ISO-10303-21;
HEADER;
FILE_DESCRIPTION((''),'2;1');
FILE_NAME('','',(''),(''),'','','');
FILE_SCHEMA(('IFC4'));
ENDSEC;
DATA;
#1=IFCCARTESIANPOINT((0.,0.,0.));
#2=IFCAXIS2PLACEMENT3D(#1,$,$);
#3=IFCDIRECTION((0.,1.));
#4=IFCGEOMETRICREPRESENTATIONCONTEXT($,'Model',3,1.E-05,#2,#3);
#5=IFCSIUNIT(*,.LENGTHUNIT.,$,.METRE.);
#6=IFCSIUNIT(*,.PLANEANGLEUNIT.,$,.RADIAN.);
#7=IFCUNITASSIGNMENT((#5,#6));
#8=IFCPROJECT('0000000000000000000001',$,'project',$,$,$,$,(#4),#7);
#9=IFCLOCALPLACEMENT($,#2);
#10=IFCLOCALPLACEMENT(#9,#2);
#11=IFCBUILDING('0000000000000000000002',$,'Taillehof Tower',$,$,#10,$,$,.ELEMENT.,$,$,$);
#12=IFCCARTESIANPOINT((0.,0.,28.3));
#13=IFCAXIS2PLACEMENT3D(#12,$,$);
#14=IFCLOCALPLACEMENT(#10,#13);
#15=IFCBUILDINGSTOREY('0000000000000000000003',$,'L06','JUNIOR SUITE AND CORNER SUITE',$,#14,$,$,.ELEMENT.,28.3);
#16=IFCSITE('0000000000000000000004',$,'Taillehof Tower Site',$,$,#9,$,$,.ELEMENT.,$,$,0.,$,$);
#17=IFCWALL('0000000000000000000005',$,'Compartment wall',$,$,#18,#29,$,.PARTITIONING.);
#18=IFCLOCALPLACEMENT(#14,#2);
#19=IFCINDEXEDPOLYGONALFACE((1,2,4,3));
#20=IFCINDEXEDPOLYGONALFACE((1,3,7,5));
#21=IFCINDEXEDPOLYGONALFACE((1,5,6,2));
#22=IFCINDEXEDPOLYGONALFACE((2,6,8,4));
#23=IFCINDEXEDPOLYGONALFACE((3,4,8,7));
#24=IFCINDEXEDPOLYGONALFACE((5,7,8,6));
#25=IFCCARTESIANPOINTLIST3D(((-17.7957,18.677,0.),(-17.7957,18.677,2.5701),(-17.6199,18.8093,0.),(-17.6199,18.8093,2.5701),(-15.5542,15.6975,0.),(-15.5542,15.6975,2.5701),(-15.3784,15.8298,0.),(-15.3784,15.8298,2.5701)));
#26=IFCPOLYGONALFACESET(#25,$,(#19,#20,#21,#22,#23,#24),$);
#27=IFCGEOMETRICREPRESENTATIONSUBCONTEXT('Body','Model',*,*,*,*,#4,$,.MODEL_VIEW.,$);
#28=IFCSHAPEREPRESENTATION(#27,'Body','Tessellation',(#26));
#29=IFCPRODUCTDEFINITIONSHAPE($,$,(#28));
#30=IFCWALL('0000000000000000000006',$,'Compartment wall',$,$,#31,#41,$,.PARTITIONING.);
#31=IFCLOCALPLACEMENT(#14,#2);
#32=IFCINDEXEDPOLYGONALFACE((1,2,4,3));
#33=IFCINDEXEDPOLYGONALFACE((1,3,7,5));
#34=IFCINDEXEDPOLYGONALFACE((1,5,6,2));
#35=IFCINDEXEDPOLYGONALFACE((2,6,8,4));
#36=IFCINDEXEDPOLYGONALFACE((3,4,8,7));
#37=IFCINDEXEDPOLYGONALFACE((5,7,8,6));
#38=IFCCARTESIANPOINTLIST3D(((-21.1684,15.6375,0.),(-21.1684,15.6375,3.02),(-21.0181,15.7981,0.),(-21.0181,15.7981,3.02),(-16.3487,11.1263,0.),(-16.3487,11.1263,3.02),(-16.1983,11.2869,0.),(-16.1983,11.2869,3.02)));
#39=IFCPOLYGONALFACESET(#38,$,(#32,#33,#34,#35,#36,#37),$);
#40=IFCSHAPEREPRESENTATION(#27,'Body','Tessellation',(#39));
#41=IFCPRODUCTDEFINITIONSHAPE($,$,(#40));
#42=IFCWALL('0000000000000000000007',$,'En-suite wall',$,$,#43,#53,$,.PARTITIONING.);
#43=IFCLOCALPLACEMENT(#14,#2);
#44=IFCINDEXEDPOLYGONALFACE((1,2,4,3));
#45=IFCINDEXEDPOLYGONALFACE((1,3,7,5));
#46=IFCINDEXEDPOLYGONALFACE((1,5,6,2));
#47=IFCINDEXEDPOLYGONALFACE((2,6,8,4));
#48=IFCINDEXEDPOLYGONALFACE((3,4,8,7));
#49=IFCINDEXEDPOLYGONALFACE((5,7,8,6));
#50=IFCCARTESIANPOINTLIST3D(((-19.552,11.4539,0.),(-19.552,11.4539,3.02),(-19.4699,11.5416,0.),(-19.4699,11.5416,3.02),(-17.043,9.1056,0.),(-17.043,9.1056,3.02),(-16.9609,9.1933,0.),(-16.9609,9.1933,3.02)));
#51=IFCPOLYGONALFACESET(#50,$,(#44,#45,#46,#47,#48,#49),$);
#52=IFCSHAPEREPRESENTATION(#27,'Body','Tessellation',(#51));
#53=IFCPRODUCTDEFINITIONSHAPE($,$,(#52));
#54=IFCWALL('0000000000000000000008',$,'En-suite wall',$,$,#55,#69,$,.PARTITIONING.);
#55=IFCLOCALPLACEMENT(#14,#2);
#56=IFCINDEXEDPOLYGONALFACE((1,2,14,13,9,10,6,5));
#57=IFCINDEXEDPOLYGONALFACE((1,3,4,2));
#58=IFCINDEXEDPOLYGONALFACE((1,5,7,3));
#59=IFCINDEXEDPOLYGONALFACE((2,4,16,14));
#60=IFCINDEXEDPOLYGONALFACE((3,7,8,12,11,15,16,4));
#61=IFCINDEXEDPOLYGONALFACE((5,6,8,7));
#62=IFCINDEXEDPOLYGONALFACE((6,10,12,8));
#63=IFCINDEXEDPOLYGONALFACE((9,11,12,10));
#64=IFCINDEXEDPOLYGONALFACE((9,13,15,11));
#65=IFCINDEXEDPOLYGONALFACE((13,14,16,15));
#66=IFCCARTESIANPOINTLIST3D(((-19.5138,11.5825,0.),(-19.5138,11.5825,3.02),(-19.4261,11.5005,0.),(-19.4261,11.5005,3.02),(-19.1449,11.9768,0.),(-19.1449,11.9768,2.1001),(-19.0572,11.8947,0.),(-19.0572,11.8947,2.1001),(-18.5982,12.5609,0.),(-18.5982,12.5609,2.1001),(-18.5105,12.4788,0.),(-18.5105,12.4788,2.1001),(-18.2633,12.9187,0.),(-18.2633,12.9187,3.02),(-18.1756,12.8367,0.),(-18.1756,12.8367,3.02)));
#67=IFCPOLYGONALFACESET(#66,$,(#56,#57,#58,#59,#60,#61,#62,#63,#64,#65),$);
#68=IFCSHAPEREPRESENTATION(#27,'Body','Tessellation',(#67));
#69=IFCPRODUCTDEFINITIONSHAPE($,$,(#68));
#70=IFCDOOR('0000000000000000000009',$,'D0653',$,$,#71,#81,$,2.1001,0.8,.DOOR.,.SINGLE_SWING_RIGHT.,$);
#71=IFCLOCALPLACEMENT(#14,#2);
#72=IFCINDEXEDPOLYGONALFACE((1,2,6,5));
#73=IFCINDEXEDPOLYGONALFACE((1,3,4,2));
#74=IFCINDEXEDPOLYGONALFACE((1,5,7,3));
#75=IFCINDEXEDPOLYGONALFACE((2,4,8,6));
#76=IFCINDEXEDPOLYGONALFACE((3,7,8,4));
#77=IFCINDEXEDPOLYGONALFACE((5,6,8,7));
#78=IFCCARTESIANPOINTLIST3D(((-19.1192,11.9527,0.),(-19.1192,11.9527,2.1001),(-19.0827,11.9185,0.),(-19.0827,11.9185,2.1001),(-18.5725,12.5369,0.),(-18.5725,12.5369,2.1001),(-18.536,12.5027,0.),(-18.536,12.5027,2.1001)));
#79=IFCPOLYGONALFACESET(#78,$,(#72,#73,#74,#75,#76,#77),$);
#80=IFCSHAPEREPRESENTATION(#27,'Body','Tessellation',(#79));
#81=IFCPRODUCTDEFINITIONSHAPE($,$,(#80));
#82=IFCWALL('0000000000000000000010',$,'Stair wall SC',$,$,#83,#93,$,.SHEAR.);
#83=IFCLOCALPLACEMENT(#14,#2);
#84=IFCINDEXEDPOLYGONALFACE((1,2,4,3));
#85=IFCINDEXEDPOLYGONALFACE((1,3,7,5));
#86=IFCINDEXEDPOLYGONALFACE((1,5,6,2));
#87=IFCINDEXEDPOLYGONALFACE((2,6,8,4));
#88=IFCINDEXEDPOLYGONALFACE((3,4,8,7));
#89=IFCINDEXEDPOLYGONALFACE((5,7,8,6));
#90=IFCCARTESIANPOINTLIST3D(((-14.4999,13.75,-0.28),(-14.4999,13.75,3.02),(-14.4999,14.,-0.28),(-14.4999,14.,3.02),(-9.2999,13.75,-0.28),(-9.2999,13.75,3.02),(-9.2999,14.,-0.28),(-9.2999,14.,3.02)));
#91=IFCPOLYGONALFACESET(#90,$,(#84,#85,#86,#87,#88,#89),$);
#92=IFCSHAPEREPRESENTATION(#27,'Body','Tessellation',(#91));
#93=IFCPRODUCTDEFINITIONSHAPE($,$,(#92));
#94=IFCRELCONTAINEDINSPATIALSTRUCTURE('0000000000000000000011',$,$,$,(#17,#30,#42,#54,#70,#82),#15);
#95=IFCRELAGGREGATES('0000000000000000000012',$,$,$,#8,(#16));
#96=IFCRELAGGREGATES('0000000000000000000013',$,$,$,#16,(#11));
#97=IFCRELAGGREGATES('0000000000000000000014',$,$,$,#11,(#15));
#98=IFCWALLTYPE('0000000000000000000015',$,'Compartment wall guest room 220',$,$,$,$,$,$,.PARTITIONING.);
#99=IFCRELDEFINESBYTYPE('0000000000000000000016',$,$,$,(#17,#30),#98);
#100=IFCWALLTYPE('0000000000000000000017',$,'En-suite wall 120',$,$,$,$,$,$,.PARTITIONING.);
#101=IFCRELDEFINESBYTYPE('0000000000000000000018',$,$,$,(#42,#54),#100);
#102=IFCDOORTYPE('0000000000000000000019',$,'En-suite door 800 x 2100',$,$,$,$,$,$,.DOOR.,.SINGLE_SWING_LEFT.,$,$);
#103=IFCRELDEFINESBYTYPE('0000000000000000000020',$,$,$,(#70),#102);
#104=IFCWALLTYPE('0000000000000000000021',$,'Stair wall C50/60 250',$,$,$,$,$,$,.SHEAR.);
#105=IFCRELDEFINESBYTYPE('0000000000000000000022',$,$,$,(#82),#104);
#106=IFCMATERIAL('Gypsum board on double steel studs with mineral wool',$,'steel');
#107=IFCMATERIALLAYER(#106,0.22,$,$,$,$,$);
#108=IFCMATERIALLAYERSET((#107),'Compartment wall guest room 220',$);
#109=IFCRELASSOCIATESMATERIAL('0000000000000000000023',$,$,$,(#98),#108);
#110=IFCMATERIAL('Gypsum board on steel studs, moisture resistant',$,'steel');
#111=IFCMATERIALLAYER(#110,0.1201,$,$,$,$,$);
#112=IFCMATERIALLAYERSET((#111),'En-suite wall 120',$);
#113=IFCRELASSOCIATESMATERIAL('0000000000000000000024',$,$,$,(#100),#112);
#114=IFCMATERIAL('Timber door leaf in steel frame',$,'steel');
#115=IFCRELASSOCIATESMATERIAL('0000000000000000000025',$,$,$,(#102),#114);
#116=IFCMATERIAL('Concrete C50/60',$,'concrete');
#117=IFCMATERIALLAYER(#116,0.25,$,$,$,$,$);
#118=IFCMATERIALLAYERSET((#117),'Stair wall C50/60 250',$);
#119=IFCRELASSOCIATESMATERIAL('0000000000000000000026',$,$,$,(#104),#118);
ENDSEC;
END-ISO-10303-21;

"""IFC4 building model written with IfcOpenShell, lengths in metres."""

from ifc_helpers import new_model, si_unit, direction, frame, frame_2d, origin, place, context, subcontext, project, spatial, rectangle, extrude, material, layer, layer_set, type_object, element, fill, save


model = new_model("IFC4")

# Units and contexts
model_context = context("Model", 3, precision=1e-05, world=origin(), true_north=direction((0.0, 1.0)))
body_context = subcontext(model_context, "Body", "Model", "MODEL_VIEW")
ifc_project = project(units=[si_unit("LENGTHUNIT", "METRE"), si_unit("PLANEANGLEUNIT", "RADIAN")], contexts=[model_context])

# Site, building, storey
site_placement = place(None, origin())
site = spatial("IfcSite", under=ifc_project, at=site_placement, Name="Taillehof Tower Site", CompositionType="ELEMENT", RefElevation=0.0)
building_placement = place(site_placement, origin())
building = spatial("IfcBuilding", under=site, at=building_placement, Name="Taillehof Tower", CompositionType="ELEMENT")
storey_placement = place(building_placement, frame((0.0, 0.0, 28.3)))
storey = spatial("IfcBuildingStorey", under=building, at=storey_placement, Name="L06", Description="JUNIOR SUITE AND CORNER SUITE", CompositionType="ELEMENT", Elevation=28.3)

# Walls
ifc_material_1 = material(Name="Gypsum board on double steel studs with mineral wool", Category="steel")
ifc_layer_1 = layer(ifc_material_1, 0.22)
ifc_layer_set_1 = layer_set([ifc_layer_1], Name="Compartment wall guest room 220")
wall_type_1 = type_object("IfcWallType", Name="Compartment wall guest room 220", PredefinedType="PARTITIONING", material=ifc_layer_set_1)
wall_1_placement = place(storey_placement, frame((-17.7078, 18.7432, 0.0), z_axis=(0.0, 0.0, 1.0), x_axis=(0.601173, -0.799119, 0.0)))
element("IfcWall", 1, at=wall_1_placement, inside=storey, type_object=wall_type_1, Name="Compartment wall", PredefinedType="PARTITIONING", context=body_context, shape_type="SweptSolid", body=[
    extrude(rectangle(XDim=3.7285, YDim=0.22, at=frame_2d((1.8643, 0.0))), origin(), (0.0, 0.0, 1.0), 2.5701),
])
wall_2_placement = place(storey_placement, frame((-21.0933, 15.7178, 0.0), z_axis=(0.0, 0.0, 1.0), x_axis=(0.730093, -0.683348, 0.0)))
element("IfcWall", 2, at=wall_2_placement, inside=storey, type_object=wall_type_1, Name="Compartment wall", PredefinedType="PARTITIONING", context=body_context, shape_type="SweptSolid", body=[
    extrude(rectangle(XDim=6.6016, YDim=0.22, at=frame_2d((3.3008, 0.0))), origin(), (0.0, 0.0, 1.0), 3.02),
])
ifc_material_2 = material(Name="Gypsum board on steel studs, moisture resistant", Category="steel")
ifc_layer_2 = layer(ifc_material_2, 0.1201)
ifc_layer_set_2 = layer_set([ifc_layer_2], Name="En-suite wall 120")
wall_type_2 = type_object("IfcWallType", Name="En-suite wall 120", PredefinedType="PARTITIONING", material=ifc_layer_set_2)
wall_3_placement = place(storey_placement, frame((-17.002, 9.1494, 0.0), z_axis=(0.0, 0.0, 1.0), x_axis=(-0.730093, 0.683348, 0.0)))
element("IfcWall", 3, at=wall_3_placement, inside=storey, type_object=wall_type_2, Name="En-suite wall", PredefinedType="PARTITIONING", context=body_context, shape_type="SweptSolid", body=[
    extrude(rectangle(XDim=3.4365, YDim=0.1201, at=frame_2d((1.7183, 0.0))), origin(), (0.0, 0.0, 1.0), 3.02),
])

# Wall, opening, door
wall_4_placement = place(storey_placement, frame((-19.47, 11.5415, 0.0), z_axis=(0.0, 0.0, 1.0), x_axis=(0.683306, 0.730132, 0.0)))
wall_4 = element("IfcWall", 4, at=wall_4_placement, inside=storey, type_object=wall_type_2, Name="En-suite wall", PredefinedType="PARTITIONING", context=body_context, shape_type="SweptSolid", body=[
    extrude(rectangle(XDim=1.8301, YDim=0.1201, at=frame_2d((0.915, 0.0))), origin(), (0.0, 0.0, 1.0), 3.02),
])
opening_1_placement = place(wall_4_placement, frame((0.54, 0.0, 0.0)))
opening_1 = element("IfcOpeningElement", 5, at=opening_1_placement, cuts=wall_4, PredefinedType="OPENING", context=body_context, shape_type="SweptSolid", body=[
    extrude(rectangle(XDim=0.8, YDim=2.1001, at=frame_2d((0.3999, 1.05))), frame((0.0, 0.0701, 0.0), z_axis=(0.0, -1.0, 0.0), x_axis=(1.0, 0.0, 0.0)), (0.0, 0.0, 1.0), 0.1401),
])
ifc_material_3 = material(Name="Timber door leaf in steel frame", Category="steel")
door_type_1 = type_object("IfcDoorType", Name="En-suite door 800 x 2100", OperationType="SINGLE_SWING_LEFT", PredefinedType="DOOR", material=ifc_material_3)
door_1_placement = place(opening_1_placement, origin())
door_1 = element("IfcDoor", 6, at=door_1_placement, inside=storey, type_object=door_type_1, Name="D0653", OperationType="SINGLE_SWING_RIGHT", OverallHeight=2.1001, OverallWidth=0.8, PredefinedType="DOOR", context=body_context, shape_type="SweptSolid", body=[
    extrude(rectangle(XDim=0.8, YDim=2.1001, at=frame_2d((0.3999, 1.05))), frame((0.0, 0.0249, 0.0), z_axis=(0.0, -1.0, 0.0), x_axis=(1.0, 0.0, 0.0)), (0.0, 0.0, 1.0), 0.05),
])
fill(opening_1, door_1)

# Wall
ifc_material_4 = material(Name="Concrete C50/60", Category="concrete")
ifc_layer_3 = layer(ifc_material_4, 0.25)
ifc_layer_set_3 = layer_set([ifc_layer_3], Name="Stair wall C50/60 250")
wall_type_3 = type_object("IfcWallType", Name="Stair wall C50/60 250", PredefinedType="SHEAR", material=ifc_layer_set_3)
wall_5_placement = place(storey_placement, frame((-14.5, 13.875, -0.28), z_axis=(0.0, 0.0, 1.0), x_axis=(1.0, 0.0, 0.0)))
element("IfcWall", 7, at=wall_5_placement, inside=storey, type_object=wall_type_3, Name="Stair wall SC", PredefinedType="SHEAR", context=body_context, shape_type="SweptSolid", body=[
    extrude(rectangle(XDim=5.2, YDim=0.25, at=frame_2d((2.6001, 0.0))), origin(), (0.0, 0.0, 1.0), 3.3),
])

save(model, "model.ifc")
